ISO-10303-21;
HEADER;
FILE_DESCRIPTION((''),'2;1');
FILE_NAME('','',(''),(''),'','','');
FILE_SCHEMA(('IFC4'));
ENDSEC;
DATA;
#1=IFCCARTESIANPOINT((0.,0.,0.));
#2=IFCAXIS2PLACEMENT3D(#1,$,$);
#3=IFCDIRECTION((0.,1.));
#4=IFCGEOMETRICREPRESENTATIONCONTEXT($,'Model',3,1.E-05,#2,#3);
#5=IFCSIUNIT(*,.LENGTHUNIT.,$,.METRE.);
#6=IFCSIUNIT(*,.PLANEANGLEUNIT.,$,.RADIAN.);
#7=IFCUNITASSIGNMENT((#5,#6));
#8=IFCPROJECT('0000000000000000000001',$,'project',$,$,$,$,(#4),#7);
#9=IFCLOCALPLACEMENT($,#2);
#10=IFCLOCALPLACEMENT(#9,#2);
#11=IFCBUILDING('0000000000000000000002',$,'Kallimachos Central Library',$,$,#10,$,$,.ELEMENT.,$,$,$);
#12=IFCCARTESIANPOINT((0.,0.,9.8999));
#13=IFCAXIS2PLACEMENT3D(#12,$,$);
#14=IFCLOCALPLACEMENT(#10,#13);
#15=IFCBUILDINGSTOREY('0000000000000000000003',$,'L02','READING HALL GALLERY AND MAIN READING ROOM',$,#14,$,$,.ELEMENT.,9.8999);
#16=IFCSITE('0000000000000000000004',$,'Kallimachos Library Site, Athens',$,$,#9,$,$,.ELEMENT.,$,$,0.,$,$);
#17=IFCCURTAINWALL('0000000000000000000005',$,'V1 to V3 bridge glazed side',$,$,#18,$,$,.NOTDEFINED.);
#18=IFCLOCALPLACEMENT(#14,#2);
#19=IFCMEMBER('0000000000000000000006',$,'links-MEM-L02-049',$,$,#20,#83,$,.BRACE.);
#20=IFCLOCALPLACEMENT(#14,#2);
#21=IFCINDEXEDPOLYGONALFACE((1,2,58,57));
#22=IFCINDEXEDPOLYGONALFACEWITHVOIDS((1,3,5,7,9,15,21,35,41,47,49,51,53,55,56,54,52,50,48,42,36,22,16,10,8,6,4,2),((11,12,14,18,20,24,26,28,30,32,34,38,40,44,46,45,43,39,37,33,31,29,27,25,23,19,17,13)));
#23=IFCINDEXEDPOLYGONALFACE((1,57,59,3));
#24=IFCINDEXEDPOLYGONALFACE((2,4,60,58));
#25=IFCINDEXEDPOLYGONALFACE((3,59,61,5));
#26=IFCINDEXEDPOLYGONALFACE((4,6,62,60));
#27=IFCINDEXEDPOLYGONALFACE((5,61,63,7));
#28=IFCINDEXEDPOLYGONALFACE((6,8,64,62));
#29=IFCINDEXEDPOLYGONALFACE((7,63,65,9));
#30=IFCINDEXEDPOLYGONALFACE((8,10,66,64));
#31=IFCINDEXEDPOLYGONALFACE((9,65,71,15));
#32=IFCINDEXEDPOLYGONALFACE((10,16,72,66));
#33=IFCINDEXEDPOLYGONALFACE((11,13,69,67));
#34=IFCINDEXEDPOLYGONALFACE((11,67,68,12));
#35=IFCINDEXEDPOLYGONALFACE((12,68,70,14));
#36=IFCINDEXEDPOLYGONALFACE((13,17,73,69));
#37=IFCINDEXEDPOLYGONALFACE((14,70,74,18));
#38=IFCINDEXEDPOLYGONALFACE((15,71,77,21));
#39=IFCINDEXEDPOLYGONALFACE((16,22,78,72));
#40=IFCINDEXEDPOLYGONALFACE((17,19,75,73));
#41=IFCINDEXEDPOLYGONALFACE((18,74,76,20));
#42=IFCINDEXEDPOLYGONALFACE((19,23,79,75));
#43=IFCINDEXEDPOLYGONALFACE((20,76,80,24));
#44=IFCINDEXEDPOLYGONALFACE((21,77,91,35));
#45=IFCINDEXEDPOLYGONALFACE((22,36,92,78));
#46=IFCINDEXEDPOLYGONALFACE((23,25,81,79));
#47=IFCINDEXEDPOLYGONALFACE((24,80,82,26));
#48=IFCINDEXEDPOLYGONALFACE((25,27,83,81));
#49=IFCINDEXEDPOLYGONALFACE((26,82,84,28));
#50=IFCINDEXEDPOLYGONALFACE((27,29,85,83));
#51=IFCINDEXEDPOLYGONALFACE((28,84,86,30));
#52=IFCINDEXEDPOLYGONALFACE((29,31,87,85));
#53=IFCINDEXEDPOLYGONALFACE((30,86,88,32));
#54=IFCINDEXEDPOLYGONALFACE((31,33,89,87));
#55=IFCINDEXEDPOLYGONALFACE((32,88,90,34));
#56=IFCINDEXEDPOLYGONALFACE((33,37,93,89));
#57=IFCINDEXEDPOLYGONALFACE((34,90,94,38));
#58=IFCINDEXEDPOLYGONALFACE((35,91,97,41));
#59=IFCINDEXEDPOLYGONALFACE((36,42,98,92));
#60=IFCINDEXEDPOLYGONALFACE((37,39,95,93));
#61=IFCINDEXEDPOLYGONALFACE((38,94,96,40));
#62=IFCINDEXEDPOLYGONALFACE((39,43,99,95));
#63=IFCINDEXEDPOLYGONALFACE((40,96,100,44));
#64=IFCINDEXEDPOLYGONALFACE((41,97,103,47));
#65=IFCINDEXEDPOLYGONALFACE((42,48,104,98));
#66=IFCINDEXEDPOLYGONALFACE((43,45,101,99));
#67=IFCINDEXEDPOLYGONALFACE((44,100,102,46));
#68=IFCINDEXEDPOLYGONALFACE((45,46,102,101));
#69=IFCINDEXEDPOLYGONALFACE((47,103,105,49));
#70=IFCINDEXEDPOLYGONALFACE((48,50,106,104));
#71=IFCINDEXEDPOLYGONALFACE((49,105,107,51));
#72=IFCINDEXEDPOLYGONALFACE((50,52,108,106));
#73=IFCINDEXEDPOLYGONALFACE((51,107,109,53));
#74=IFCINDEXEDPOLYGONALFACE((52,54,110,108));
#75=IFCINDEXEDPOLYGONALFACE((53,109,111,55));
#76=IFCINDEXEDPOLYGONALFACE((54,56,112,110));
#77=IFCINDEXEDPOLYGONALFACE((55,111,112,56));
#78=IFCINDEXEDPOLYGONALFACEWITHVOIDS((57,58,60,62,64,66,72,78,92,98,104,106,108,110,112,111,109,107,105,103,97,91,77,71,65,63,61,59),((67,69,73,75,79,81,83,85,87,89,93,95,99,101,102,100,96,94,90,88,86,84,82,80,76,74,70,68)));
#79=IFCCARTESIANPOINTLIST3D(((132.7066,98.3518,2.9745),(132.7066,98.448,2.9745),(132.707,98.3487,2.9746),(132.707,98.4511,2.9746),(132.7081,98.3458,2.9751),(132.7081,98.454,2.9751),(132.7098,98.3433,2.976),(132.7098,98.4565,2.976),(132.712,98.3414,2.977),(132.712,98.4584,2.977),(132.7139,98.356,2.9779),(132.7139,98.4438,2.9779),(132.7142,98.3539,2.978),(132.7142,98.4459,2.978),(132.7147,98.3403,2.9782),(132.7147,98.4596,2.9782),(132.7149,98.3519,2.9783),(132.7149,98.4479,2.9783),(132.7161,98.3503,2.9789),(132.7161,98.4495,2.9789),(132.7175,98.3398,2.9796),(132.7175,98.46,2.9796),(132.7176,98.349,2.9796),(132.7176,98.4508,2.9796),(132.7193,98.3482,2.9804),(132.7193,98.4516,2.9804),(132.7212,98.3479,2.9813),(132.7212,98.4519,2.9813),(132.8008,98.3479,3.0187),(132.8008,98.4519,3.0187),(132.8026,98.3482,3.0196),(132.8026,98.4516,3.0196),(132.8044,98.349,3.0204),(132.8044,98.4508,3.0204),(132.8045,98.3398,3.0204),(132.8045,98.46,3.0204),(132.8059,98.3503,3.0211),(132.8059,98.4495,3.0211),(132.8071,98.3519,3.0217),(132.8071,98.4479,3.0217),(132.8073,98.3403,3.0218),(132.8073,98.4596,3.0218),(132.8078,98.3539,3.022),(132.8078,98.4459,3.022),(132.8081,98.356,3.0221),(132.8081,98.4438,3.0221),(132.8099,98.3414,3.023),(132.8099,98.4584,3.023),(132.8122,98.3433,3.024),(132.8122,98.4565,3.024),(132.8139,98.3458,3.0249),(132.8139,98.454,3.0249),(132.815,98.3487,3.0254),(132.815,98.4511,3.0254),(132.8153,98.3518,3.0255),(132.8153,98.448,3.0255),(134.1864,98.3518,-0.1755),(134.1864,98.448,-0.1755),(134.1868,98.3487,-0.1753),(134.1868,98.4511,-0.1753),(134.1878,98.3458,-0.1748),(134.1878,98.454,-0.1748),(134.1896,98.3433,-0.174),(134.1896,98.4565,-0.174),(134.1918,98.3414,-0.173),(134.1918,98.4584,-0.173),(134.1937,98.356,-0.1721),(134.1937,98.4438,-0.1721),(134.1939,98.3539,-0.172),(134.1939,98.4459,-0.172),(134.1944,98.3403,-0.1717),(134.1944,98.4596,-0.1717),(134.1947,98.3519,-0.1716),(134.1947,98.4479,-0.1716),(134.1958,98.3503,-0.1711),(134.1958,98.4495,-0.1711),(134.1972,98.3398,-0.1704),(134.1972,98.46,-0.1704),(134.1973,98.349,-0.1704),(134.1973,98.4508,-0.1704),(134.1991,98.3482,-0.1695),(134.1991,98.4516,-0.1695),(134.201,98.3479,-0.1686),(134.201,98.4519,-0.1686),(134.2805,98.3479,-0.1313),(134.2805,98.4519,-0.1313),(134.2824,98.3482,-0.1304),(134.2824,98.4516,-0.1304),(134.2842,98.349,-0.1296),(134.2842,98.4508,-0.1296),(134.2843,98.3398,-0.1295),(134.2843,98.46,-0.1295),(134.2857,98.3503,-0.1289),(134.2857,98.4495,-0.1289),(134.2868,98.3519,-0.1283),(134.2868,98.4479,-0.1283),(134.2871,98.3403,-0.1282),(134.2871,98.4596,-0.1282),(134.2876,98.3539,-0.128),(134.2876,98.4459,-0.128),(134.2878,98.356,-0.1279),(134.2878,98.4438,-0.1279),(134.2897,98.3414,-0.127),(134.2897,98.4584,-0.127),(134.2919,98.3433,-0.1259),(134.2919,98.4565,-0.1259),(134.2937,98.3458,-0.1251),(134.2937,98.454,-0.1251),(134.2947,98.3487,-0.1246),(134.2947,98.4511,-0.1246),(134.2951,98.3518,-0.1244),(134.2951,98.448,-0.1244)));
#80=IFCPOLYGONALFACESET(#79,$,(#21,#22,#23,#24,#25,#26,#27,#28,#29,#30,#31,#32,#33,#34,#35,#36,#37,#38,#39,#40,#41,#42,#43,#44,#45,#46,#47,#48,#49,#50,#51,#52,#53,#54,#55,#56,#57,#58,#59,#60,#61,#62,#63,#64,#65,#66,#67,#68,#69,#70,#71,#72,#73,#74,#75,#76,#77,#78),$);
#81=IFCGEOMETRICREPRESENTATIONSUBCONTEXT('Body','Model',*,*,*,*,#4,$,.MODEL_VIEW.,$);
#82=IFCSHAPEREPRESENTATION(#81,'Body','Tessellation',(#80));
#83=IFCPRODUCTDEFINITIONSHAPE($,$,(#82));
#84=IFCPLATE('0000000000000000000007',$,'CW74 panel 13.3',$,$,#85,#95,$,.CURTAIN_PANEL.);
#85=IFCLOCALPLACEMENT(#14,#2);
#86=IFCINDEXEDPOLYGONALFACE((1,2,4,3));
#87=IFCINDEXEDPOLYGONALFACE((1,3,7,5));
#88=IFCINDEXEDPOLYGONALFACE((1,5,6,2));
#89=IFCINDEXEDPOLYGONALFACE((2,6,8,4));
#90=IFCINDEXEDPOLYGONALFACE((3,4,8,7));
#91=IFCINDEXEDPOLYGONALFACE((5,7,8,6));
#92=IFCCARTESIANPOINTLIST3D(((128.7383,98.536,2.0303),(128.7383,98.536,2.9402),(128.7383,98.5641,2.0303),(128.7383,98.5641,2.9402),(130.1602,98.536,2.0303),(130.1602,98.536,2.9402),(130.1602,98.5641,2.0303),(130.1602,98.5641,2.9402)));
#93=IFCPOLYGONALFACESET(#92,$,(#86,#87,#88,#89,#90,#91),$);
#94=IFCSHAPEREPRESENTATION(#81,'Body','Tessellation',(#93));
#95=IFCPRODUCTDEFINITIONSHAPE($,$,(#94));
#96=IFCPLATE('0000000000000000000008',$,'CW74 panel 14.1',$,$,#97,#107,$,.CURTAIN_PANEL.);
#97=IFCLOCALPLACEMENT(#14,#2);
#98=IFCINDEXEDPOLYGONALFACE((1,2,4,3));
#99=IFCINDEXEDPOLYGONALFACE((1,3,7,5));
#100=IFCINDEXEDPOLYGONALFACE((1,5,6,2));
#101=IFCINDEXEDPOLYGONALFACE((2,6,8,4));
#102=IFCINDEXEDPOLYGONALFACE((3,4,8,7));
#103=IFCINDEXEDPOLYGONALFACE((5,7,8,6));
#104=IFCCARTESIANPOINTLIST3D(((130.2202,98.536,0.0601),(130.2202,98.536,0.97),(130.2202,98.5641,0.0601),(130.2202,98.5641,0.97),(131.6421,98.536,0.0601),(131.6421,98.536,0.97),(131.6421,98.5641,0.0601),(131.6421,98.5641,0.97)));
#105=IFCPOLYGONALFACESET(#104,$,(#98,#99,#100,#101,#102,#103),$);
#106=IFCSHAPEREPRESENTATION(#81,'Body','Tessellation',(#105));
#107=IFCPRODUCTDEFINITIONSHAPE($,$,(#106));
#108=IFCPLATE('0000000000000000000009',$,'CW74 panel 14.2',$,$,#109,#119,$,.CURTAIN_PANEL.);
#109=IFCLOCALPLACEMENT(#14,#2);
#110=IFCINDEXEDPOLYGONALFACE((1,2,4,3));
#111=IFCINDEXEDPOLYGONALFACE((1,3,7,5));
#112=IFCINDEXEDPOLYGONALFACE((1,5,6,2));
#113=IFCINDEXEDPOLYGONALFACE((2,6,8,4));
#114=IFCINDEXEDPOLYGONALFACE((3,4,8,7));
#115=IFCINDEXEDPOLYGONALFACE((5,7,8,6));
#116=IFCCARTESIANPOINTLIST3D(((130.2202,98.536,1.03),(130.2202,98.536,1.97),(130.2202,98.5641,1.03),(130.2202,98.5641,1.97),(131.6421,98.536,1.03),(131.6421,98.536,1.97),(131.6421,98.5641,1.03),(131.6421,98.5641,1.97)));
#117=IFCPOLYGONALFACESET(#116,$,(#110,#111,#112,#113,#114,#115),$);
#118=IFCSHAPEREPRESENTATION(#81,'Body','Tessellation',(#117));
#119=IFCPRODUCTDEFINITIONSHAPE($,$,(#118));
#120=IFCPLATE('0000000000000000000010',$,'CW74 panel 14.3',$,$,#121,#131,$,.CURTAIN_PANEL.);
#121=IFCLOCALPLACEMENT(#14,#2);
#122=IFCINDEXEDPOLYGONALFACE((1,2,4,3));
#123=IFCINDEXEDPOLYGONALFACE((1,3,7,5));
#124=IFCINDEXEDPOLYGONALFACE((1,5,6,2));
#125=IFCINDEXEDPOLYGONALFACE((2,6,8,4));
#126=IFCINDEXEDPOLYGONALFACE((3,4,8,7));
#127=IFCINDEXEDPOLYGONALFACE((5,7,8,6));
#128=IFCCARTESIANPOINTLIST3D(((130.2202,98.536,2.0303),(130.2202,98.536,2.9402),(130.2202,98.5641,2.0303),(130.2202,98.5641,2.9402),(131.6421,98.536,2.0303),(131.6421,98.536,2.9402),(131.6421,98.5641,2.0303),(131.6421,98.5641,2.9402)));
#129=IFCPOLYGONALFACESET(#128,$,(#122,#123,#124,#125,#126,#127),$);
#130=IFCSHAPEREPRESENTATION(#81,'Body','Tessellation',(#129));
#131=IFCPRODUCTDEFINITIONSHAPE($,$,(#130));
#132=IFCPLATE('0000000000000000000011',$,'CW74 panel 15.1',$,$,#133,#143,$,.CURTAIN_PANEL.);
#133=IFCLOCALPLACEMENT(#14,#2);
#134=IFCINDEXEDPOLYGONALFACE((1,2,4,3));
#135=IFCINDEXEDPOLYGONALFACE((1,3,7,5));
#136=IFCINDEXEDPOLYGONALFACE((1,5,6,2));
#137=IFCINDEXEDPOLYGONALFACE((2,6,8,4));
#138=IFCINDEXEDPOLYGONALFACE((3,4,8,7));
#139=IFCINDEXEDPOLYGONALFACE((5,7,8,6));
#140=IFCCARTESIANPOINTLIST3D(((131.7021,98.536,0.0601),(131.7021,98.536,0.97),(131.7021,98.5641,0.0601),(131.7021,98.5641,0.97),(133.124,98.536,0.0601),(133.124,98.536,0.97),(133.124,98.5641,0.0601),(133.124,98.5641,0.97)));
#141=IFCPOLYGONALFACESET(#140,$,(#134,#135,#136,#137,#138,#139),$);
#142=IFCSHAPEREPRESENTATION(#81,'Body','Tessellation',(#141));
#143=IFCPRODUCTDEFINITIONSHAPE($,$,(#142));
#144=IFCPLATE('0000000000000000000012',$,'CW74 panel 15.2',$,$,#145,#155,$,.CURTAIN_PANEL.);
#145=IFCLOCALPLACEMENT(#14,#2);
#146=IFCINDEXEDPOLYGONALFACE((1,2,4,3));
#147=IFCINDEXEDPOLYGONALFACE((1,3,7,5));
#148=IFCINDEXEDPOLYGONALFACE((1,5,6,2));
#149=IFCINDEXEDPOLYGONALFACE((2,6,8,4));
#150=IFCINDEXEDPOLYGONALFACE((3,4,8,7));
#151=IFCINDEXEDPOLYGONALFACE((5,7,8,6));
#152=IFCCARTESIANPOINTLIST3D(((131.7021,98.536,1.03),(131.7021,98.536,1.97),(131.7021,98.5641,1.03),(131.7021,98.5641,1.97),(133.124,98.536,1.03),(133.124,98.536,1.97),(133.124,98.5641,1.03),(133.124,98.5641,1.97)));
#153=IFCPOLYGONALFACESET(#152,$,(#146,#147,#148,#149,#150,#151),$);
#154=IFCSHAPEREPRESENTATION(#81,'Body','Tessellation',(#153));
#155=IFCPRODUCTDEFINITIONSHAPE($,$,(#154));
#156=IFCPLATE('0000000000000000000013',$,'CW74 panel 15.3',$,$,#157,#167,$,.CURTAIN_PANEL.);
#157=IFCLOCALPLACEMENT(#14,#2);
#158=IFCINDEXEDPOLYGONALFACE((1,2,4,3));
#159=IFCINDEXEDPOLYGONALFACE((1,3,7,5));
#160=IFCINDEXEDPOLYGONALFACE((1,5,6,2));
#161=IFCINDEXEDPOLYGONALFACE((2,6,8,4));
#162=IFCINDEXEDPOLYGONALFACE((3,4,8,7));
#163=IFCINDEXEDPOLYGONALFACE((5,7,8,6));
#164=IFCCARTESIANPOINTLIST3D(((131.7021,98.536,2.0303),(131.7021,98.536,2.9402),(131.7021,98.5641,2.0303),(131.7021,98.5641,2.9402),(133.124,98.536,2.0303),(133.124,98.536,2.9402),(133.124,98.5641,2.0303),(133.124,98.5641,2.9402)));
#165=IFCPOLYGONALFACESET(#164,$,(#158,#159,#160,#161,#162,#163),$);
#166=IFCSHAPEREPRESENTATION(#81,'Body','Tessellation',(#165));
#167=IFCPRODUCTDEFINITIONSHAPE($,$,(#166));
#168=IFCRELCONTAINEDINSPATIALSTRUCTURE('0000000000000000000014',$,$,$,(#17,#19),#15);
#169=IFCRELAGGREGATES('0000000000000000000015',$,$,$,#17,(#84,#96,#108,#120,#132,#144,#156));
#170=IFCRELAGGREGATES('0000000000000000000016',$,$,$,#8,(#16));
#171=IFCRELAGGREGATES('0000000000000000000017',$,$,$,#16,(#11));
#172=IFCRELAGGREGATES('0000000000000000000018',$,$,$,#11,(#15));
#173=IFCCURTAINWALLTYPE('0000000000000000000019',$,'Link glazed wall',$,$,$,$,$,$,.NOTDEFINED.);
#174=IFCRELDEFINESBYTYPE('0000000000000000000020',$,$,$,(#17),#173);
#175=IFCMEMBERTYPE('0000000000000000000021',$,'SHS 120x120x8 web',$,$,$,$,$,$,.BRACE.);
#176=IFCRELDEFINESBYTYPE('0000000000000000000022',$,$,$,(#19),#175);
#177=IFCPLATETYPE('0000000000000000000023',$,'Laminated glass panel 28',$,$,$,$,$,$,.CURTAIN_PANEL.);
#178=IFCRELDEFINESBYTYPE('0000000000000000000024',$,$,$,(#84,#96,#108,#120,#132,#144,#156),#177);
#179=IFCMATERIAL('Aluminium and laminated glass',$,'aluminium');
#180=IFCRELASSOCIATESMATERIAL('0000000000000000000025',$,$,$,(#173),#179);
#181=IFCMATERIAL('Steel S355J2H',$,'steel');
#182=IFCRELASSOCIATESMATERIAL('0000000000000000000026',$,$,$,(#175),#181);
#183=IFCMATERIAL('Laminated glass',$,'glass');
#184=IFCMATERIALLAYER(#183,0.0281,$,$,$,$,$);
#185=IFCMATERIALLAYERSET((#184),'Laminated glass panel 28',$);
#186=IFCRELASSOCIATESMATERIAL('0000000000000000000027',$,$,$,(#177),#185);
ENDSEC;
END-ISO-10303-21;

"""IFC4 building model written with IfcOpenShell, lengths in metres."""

from ifc_helpers import new_model, si_unit, direction, frame, origin, origin_2d, place, context, subcontext, project, spatial, rectangle, hollow_rectangle, extrude, material, layer, layer_set, material_profile, profile_set, type_object, element, aggregate, save


model = new_model("IFC4")

# Units and contexts
model_context = context("Model", 3, precision=1e-05, world=origin(), true_north=direction((0.0, 1.0)))
body_context = subcontext(model_context, "Body", "Model", "MODEL_VIEW")
ifc_project = project(units=[si_unit("LENGTHUNIT", "METRE"), si_unit("PLANEANGLEUNIT", "RADIAN")], contexts=[model_context])

# Site, building, storey
site_placement = place(None, origin())
site = spatial("IfcSite", under=ifc_project, at=site_placement, Name="Kallimachos Library Site, Athens", CompositionType="ELEMENT", RefElevation=0.0)
building_placement = place(site_placement, origin())
building = spatial("IfcBuilding", under=site, at=building_placement, Name="Kallimachos Central Library", CompositionType="ELEMENT")
storey_placement = place(building_placement, frame((0.0, 0.0, 9.8999)))
storey = spatial("IfcBuildingStorey", under=building, at=storey_placement, Name="L02", Description="READING HALL GALLERY AND MAIN READING ROOM", CompositionType="ELEMENT", Elevation=9.8999)

# Curtain wall
ifc_material_1 = material(Name="Aluminium and laminated glass", Category="aluminium")
curtain_wall_type = type_object("IfcCurtainWallType", Name="Link glazed wall", PredefinedType="NOTDEFINED", material=ifc_material_1)
curtain_wall_placement = place(storey_placement, origin())
curtain_wall = element("IfcCurtainWall", 1, at=curtain_wall_placement, inside=storey, type_object=curtain_wall_type, Name="V1 to V3 bridge glazed side", PredefinedType="NOTDEFINED")

# Member
ifc_material_2 = material(Name="Steel S355J2H", Category="steel")
ifc_material_profile_1 = material_profile(ifc_material_2, hollow_rectangle(XDim=0.1201, YDim=0.1201, WallThickness=0.0081, InnerFilletRadius=0.0081, OuterFilletRadius=0.012, at=origin_2d()), Name="SHS 120x120x8")
ifc_profile_set_1 = profile_set([ifc_material_profile_1], Name="Steel S355J2H")
member_type_1 = type_object("IfcMemberType", Name="SHS 120x120x8 web", PredefinedType="BRACE", material=ifc_profile_set_1)
for number, where, z_axis, x_axis, name in (
    (2, (132.761, 98.3999, 3.0), (0.425192, 0.0, -0.905103), (0.0, 1.0, 0.0), "links-MEM-L02-049"),
):
    element("IfcMember", number, at=place(storey_placement, frame(where, z_axis=z_axis, x_axis=x_axis)), inside=storey, type_object=member_type_1, Name=name, PredefinedType="BRACE", context=body_context, shape_type="SweptSolid", body=[
        extrude(hollow_rectangle(XDim=0.1201, YDim=0.1201, WallThickness=0.0081, InnerFilletRadius=0.0081, OuterFilletRadius=0.012, at=origin_2d()), origin(), (0.0, 0.0, 1.0), 3.4802),
    ])

# Plates
ifc_material_3 = material(Name="Laminated glass", Category="glass")
ifc_layer = layer(ifc_material_3, 0.0281)
ifc_layer_set = layer_set([ifc_layer], Name="Laminated glass panel 28")
plate_type = type_object("IfcPlateType", Name="Laminated glass panel 28", PredefinedType="CURTAIN_PANEL", material=ifc_layer_set)
plate_1_placement = place(storey_placement, frame((129.4492, 98.55, 2.0303), z_axis=(0.0, 0.0, 1.0), x_axis=(1.0, 0.0, 0.0)))
plate_1 = element("IfcPlate", 3, at=plate_1_placement, type_object=plate_type, Name="CW74 panel 13.3", PredefinedType="CURTAIN_PANEL", context=body_context, shape_type="SweptSolid", body=[
    extrude(rectangle(XDim=1.4219, YDim=0.0281, at=origin_2d()), origin(), (0.0, 0.0, 1.0), 0.9099),
])
plate_2_placement = place(storey_placement, frame((130.9312, 98.55, 0.0601), z_axis=(0.0, 0.0, 1.0), x_axis=(1.0, 0.0, 0.0)))
plate_2 = element("IfcPlate", 4, at=plate_2_placement, type_object=plate_type, Name="CW74 panel 14.1", PredefinedType="CURTAIN_PANEL", context=body_context, shape_type="SweptSolid", body=[
    extrude(rectangle(XDim=1.4219, YDim=0.0281, at=origin_2d()), origin(), (0.0, 0.0, 1.0), 0.9099),
])
plate_3_placement = place(storey_placement, frame((130.9312, 98.55, 1.03), z_axis=(0.0, 0.0, 1.0), x_axis=(1.0, 0.0, 0.0)))
plate_3 = element("IfcPlate", 5, at=plate_3_placement, type_object=plate_type, Name="CW74 panel 14.2", PredefinedType="CURTAIN_PANEL", context=body_context, shape_type="SweptSolid", body=[
    extrude(rectangle(XDim=1.4219, YDim=0.0281, at=origin_2d()), origin(), (0.0, 0.0, 1.0), 0.9399),
])
plate_4_placement = place(storey_placement, frame((130.9312, 98.55, 2.0303), z_axis=(0.0, 0.0, 1.0), x_axis=(1.0, 0.0, 0.0)))
plate_4 = element("IfcPlate", 6, at=plate_4_placement, type_object=plate_type, Name="CW74 panel 14.3", PredefinedType="CURTAIN_PANEL", context=body_context, shape_type="SweptSolid", body=[
    extrude(rectangle(XDim=1.4219, YDim=0.0281, at=origin_2d()), origin(), (0.0, 0.0, 1.0), 0.9099),
])
plate_5_placement = place(storey_placement, frame((132.4131, 98.55, 0.0601), z_axis=(0.0, 0.0, 1.0), x_axis=(1.0, 0.0, 0.0)))
plate_5 = element("IfcPlate", 7, at=plate_5_placement, type_object=plate_type, Name="CW74 panel 15.1", PredefinedType="CURTAIN_PANEL", context=body_context, shape_type="SweptSolid", body=[
    extrude(rectangle(XDim=1.4219, YDim=0.0281, at=origin_2d()), origin(), (0.0, 0.0, 1.0), 0.9099),
])
plate_6_placement = place(storey_placement, frame((132.4131, 98.55, 1.03), z_axis=(0.0, 0.0, 1.0), x_axis=(1.0, 0.0, 0.0)))
plate_6 = element("IfcPlate", 8, at=plate_6_placement, type_object=plate_type, Name="CW74 panel 15.2", PredefinedType="CURTAIN_PANEL", context=body_context, shape_type="SweptSolid", body=[
    extrude(rectangle(XDim=1.4219, YDim=0.0281, at=origin_2d()), origin(), (0.0, 0.0, 1.0), 0.9399),
])
plate_7_placement = place(storey_placement, frame((132.4131, 98.55, 2.0303), z_axis=(0.0, 0.0, 1.0), x_axis=(1.0, 0.0, 0.0)))
plate_7 = element("IfcPlate", 9, at=plate_7_placement, type_object=plate_type, Name="CW74 panel 15.3", PredefinedType="CURTAIN_PANEL", context=body_context, shape_type="SweptSolid", body=[
    extrude(rectangle(XDim=1.4219, YDim=0.0281, at=origin_2d()), origin(), (0.0, 0.0, 1.0), 0.9099),
])
aggregate(curtain_wall, [plate_1, plate_2, plate_3, plate_4, plate_5, plate_6, plate_7])

save(model, "model.ifc")
